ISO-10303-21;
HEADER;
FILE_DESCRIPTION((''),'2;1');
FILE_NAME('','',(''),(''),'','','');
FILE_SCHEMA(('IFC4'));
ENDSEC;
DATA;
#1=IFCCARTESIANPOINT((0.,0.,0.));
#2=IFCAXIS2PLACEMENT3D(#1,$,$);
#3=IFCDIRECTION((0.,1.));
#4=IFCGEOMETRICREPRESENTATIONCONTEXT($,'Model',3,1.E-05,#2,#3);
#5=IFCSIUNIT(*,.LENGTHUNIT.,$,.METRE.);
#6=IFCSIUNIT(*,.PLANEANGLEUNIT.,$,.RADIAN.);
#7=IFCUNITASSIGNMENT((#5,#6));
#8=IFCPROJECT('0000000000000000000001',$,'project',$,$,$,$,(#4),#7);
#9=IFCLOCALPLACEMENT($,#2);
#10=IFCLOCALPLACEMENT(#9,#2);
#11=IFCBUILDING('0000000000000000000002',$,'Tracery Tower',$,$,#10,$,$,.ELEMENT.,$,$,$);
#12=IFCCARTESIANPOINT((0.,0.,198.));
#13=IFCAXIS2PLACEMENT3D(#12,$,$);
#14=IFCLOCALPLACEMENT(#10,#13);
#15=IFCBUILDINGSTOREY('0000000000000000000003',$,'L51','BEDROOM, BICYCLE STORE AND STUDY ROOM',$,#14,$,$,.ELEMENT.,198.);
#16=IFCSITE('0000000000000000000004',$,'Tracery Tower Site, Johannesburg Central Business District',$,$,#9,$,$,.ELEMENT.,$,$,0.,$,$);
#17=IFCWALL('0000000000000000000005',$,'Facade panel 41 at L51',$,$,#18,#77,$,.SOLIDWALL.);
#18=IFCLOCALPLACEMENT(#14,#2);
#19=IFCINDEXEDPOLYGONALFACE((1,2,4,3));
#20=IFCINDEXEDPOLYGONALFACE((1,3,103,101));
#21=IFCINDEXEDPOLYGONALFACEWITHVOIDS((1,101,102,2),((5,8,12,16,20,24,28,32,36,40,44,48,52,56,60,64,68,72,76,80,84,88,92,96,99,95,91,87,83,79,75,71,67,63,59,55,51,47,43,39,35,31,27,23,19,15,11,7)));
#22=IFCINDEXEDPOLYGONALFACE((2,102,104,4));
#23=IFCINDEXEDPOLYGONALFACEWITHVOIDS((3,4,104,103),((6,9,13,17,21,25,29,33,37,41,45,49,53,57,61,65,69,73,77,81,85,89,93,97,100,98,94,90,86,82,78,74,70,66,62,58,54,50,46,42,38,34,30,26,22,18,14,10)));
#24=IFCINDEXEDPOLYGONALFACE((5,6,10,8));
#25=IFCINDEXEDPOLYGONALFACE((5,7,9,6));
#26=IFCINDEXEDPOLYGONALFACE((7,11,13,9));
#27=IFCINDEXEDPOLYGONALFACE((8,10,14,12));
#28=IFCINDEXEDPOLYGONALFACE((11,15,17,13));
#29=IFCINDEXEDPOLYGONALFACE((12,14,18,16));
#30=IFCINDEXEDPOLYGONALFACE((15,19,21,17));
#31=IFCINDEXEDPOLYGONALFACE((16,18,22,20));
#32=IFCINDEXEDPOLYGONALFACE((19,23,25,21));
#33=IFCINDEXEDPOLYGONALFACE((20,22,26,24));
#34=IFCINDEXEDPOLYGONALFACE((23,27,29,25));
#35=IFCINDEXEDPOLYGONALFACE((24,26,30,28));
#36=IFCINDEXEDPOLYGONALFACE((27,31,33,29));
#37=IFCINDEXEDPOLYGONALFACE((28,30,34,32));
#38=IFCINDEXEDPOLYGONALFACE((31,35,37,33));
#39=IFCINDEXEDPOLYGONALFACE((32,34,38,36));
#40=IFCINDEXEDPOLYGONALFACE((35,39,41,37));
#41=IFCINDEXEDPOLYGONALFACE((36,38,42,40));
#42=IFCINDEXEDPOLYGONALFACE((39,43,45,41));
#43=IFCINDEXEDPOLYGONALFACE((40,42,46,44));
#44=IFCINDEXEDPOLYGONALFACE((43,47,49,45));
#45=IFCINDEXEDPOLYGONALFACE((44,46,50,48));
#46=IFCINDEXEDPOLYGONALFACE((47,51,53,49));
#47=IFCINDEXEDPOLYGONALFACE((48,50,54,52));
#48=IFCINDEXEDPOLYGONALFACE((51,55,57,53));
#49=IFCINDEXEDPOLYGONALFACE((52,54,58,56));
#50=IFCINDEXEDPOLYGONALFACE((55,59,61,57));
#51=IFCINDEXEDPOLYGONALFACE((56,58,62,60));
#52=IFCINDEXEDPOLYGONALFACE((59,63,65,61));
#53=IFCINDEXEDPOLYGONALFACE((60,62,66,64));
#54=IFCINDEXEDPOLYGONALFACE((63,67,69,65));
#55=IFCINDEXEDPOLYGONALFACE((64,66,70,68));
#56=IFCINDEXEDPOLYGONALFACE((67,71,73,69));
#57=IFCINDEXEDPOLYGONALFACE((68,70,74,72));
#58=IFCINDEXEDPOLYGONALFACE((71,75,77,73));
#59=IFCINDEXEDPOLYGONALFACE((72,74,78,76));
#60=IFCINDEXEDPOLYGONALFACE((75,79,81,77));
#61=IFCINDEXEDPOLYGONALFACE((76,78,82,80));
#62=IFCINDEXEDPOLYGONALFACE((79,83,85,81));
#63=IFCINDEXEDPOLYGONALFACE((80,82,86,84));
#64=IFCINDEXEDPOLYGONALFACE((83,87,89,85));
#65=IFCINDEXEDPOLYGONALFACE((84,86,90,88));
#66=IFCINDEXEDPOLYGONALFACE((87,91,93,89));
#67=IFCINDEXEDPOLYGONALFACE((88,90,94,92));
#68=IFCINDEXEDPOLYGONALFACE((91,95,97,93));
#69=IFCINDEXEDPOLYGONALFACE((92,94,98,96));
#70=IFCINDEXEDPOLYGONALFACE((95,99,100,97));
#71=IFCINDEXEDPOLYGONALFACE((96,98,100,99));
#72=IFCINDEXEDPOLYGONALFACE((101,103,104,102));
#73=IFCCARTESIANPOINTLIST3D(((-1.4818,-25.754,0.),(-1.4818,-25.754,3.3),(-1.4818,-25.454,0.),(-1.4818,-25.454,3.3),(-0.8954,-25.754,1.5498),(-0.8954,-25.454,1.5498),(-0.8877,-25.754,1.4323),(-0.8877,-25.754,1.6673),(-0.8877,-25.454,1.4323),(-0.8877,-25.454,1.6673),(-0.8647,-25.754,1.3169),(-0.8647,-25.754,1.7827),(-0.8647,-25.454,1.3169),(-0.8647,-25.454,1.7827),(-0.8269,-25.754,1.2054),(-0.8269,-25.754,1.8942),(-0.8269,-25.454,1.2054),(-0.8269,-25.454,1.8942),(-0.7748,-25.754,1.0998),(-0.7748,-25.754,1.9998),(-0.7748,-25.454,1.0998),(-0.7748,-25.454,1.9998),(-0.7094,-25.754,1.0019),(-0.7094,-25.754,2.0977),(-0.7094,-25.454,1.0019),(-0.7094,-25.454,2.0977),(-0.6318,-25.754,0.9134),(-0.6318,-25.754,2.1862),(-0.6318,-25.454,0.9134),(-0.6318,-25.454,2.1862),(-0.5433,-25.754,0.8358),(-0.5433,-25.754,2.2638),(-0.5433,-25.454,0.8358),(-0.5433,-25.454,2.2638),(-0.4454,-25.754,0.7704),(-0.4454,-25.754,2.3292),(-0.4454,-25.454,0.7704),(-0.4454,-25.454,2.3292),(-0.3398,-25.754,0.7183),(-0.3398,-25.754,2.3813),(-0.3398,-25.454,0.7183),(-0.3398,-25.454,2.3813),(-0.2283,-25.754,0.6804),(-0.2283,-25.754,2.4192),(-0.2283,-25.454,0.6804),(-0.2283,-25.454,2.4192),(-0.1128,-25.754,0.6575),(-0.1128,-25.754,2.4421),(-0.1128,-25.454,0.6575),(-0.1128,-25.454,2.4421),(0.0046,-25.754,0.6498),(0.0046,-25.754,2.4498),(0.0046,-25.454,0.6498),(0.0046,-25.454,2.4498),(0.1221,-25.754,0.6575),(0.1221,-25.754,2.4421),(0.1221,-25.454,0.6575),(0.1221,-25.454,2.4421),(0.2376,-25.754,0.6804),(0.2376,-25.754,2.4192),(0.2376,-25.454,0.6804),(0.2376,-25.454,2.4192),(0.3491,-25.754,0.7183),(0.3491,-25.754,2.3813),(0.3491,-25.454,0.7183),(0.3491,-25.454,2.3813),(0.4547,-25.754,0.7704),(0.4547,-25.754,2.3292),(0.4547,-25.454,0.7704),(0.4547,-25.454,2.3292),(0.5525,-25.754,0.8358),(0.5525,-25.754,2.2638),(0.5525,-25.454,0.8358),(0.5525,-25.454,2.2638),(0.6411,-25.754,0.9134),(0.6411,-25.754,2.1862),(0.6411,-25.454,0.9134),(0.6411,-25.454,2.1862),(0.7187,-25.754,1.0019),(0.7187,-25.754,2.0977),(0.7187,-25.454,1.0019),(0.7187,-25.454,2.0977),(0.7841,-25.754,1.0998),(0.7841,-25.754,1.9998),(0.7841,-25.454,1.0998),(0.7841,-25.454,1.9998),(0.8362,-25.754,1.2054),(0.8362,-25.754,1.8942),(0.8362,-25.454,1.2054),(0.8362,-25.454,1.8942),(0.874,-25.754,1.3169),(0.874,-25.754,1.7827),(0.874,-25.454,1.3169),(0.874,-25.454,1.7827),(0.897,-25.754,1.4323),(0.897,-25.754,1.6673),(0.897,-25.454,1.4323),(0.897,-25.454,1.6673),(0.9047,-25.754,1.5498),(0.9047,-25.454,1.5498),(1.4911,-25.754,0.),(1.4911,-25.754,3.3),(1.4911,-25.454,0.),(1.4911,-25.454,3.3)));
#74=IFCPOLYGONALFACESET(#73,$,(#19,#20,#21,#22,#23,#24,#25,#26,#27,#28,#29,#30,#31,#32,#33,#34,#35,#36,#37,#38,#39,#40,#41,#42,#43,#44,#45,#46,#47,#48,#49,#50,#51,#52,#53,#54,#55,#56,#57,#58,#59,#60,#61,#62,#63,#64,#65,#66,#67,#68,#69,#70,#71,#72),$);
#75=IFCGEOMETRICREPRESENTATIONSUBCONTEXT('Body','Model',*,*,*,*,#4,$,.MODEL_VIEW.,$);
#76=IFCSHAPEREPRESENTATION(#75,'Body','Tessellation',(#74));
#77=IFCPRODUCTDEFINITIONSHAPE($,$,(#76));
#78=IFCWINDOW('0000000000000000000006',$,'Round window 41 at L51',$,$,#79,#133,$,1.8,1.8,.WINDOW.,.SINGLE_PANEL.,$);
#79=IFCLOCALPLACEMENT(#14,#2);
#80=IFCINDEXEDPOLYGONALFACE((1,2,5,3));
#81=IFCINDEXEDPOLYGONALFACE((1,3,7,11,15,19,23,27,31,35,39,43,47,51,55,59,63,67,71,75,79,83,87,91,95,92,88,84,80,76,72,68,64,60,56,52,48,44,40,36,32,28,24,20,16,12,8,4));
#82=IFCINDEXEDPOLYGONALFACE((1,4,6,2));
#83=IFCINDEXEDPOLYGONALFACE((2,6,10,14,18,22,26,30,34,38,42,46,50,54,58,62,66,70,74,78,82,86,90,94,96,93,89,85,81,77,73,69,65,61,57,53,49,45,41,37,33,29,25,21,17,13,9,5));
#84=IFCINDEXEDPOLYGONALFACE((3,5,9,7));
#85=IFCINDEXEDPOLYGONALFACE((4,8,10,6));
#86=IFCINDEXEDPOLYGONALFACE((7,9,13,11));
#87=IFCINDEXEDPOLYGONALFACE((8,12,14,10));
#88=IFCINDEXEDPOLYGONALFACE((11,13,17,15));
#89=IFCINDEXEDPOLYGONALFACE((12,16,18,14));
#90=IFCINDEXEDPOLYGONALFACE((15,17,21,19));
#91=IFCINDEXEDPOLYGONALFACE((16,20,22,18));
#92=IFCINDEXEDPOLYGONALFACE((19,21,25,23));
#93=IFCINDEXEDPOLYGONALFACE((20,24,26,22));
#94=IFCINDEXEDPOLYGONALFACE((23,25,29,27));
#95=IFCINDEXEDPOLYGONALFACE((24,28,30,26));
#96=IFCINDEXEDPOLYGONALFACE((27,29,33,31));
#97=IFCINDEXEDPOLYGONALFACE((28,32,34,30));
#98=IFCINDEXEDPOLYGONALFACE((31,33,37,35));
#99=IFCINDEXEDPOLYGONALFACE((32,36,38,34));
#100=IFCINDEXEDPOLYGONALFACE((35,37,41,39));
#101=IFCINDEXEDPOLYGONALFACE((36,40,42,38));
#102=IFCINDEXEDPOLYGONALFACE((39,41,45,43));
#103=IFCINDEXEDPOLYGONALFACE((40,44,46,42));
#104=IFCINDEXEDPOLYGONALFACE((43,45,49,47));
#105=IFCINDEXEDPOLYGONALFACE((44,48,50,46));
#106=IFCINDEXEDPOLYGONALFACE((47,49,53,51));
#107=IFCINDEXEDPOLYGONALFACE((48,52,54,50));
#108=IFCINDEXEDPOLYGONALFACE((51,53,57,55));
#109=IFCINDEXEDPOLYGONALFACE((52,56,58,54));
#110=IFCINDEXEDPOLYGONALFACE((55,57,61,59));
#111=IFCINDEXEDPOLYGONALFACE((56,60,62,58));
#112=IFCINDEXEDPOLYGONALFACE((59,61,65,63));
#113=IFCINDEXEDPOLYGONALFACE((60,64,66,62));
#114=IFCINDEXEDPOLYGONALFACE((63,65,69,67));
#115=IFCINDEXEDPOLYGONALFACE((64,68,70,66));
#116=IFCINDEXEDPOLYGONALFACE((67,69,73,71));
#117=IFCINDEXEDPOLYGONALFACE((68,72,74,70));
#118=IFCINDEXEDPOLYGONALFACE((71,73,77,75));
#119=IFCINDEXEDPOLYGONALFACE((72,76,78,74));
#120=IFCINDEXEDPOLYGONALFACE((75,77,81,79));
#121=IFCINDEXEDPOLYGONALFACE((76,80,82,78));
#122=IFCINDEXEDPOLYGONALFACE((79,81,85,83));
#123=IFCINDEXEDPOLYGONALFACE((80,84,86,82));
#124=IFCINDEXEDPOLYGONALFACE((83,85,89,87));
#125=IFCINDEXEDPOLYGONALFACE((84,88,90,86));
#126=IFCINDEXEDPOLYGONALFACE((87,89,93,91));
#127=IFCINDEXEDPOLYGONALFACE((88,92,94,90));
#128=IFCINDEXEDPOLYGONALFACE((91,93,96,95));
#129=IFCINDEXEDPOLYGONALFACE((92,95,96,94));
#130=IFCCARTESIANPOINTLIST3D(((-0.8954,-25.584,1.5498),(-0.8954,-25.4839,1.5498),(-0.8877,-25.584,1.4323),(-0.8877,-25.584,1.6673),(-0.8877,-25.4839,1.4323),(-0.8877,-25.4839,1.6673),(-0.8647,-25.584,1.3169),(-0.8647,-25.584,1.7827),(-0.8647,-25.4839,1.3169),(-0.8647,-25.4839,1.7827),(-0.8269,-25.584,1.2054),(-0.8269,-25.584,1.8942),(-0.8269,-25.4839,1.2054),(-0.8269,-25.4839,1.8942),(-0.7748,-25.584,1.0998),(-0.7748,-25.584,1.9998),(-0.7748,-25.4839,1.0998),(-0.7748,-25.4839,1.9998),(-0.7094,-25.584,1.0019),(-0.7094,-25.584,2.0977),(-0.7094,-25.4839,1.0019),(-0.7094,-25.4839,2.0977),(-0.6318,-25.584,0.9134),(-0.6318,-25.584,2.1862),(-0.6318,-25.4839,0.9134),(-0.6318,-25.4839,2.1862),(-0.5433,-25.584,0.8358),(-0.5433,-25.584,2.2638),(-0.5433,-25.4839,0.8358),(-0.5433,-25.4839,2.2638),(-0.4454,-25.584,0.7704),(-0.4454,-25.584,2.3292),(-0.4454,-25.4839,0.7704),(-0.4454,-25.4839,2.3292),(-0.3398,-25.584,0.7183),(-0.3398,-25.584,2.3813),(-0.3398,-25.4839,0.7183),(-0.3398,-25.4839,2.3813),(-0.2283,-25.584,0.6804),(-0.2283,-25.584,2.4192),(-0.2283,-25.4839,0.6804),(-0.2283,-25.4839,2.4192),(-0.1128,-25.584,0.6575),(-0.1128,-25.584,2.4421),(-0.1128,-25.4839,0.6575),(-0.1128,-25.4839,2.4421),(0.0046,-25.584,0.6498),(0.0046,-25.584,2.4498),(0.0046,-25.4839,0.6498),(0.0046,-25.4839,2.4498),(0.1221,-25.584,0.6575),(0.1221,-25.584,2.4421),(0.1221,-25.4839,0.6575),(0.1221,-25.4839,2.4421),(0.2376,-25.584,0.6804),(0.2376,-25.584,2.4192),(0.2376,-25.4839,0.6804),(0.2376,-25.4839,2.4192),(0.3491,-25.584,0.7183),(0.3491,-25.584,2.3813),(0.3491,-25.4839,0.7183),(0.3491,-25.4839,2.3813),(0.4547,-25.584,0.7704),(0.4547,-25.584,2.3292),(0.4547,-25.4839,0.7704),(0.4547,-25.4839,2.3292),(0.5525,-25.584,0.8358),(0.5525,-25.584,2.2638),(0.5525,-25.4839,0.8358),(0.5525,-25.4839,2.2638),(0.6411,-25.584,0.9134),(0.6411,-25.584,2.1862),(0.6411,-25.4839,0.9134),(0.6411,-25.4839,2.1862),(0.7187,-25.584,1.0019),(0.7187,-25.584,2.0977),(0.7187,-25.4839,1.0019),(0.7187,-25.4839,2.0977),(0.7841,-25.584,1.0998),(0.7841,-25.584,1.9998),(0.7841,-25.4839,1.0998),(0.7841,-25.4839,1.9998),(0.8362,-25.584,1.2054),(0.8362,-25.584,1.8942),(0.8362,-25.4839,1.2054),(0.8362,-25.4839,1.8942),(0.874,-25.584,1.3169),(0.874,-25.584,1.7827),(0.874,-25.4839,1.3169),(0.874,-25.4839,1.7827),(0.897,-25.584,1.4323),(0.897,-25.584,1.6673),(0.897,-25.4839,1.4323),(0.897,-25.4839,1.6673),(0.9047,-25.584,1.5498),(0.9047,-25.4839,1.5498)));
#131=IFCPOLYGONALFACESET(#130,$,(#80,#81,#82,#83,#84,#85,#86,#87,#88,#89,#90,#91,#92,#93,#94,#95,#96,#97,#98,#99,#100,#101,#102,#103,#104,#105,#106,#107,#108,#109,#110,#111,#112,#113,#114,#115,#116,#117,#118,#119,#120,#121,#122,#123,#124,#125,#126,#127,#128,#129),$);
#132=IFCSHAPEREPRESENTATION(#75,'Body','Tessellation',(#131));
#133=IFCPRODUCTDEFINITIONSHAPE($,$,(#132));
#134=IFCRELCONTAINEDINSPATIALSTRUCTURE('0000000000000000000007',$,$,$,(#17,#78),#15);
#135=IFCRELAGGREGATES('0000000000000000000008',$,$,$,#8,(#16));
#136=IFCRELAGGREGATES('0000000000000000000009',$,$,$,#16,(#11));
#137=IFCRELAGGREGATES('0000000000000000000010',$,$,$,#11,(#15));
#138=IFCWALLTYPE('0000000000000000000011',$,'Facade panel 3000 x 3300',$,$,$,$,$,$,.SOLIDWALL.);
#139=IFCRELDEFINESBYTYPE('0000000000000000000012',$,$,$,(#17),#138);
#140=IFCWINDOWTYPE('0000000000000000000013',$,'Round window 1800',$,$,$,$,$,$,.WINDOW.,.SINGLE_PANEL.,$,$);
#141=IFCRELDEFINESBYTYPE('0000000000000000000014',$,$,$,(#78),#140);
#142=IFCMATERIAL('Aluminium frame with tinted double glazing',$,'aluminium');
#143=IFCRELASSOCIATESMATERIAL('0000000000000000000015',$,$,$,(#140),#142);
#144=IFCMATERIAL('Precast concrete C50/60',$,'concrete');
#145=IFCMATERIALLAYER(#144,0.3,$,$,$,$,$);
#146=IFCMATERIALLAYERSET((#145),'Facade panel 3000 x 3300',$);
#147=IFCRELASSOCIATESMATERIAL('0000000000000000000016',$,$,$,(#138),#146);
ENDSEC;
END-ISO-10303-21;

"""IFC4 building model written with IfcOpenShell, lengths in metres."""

from ifc_helpers import new_model, si_unit, direction, frame, frame_2d, origin, origin_2d, place, context, subcontext, project, spatial, rectangle, circle, extrude, material, layer, layer_set, type_object, element, fill, save


model = new_model("IFC4")

# Units and contexts
model_context = context("Model", 3, precision=1e-05, world=origin(), true_north=direction((0.0, 1.0)))
body_context = subcontext(model_context, "Body", "Model", "MODEL_VIEW")
ifc_project = project(units=[si_unit("LENGTHUNIT", "METRE"), si_unit("PLANEANGLEUNIT", "RADIAN")], contexts=[model_context])

# Site, building, storey
site_placement = place(None, origin())
site = spatial("IfcSite", under=ifc_project, at=site_placement, Name="Tracery Tower Site, Johannesburg Central Business District", CompositionType="ELEMENT", RefElevation=0.0)
building_placement = place(site_placement, origin())
building = spatial("IfcBuilding", under=site, at=building_placement, Name="Tracery Tower", CompositionType="ELEMENT")
storey_placement = place(building_placement, frame((0.0, 0.0, 198.0)))
storey = spatial("IfcBuildingStorey", under=building, at=storey_placement, Name="L51", Description="BEDROOM, BICYCLE STORE AND STUDY ROOM", CompositionType="ELEMENT", Elevation=198.0)

# Wall, opening, window
ifc_material_1 = material(Name="Aluminium frame with tinted double glazing", Category="aluminium")
window_type = type_object("IfcWindowType", Name="Round window 1800", PartitioningType="SINGLE_PANEL", PredefinedType="WINDOW", material=ifc_material_1)
ifc_material_2 = material(Name="Precast concrete C50/60", Category="concrete")
ifc_layer_1 = layer(ifc_material_2, 0.3)
ifc_layer_set_1 = layer_set([ifc_layer_1], Name="Facade panel 3000 x 3300")
wall_type_1 = type_object("IfcWallType", Name="Facade panel 3000 x 3300", PredefinedType="SOLIDWALL", material=ifc_layer_set_1)
wall_1_placement = place(storey_placement, frame((-1.4817, -25.604, 0.0), z_axis=(0.0, 0.0, 1.0), x_axis=(1.0, 0.0, 0.0)))
wall_1 = element("IfcWall", 1, at=wall_1_placement, inside=storey, type_object=wall_type_1, Name="Facade panel 41 at L51", PredefinedType="SOLIDWALL", context=body_context, shape_type="SweptSolid", body=[
    extrude(rectangle(XDim=2.9729, YDim=0.3, at=frame_2d((1.4863, 0.0))), origin(), (0.0, 0.0, 1.0), 3.3),
])
opening_1_placement = place(wall_1_placement, frame((1.4863, 0.0, 1.5498)))
opening_1 = element("IfcOpeningElement", 2, at=opening_1_placement, cuts=wall_1, PredefinedType="OPENING", context=body_context, shape_type="SweptSolid", body=[
    extrude(circle(Radius=0.9, at=origin_2d()), frame((0.0, 0.1599, 0.0), z_axis=(0.0, -1.0, 0.0), x_axis=(1.0, 0.0, 0.0)), (0.0, 0.0, 1.0), 0.3201),
])
window_1_placement = place(opening_1_placement, origin())
window_1 = element("IfcWindow", 3, at=window_1_placement, inside=storey, type_object=window_type, Name="Round window 41 at L51", OverallHeight=1.8, OverallWidth=1.8, PartitioningType="SINGLE_PANEL", PredefinedType="WINDOW", context=body_context, shape_type="SweptSolid", body=[
    extrude(circle(Radius=0.9, at=origin_2d()), frame((0.0, 0.1201, 0.0), z_axis=(0.0, -1.0, 0.0), x_axis=(1.0, 0.0, 0.0)), (0.0, 0.0, 1.0), 0.1001),
])
fill(opening_1, window_1)

save(model, "model.ifc")
